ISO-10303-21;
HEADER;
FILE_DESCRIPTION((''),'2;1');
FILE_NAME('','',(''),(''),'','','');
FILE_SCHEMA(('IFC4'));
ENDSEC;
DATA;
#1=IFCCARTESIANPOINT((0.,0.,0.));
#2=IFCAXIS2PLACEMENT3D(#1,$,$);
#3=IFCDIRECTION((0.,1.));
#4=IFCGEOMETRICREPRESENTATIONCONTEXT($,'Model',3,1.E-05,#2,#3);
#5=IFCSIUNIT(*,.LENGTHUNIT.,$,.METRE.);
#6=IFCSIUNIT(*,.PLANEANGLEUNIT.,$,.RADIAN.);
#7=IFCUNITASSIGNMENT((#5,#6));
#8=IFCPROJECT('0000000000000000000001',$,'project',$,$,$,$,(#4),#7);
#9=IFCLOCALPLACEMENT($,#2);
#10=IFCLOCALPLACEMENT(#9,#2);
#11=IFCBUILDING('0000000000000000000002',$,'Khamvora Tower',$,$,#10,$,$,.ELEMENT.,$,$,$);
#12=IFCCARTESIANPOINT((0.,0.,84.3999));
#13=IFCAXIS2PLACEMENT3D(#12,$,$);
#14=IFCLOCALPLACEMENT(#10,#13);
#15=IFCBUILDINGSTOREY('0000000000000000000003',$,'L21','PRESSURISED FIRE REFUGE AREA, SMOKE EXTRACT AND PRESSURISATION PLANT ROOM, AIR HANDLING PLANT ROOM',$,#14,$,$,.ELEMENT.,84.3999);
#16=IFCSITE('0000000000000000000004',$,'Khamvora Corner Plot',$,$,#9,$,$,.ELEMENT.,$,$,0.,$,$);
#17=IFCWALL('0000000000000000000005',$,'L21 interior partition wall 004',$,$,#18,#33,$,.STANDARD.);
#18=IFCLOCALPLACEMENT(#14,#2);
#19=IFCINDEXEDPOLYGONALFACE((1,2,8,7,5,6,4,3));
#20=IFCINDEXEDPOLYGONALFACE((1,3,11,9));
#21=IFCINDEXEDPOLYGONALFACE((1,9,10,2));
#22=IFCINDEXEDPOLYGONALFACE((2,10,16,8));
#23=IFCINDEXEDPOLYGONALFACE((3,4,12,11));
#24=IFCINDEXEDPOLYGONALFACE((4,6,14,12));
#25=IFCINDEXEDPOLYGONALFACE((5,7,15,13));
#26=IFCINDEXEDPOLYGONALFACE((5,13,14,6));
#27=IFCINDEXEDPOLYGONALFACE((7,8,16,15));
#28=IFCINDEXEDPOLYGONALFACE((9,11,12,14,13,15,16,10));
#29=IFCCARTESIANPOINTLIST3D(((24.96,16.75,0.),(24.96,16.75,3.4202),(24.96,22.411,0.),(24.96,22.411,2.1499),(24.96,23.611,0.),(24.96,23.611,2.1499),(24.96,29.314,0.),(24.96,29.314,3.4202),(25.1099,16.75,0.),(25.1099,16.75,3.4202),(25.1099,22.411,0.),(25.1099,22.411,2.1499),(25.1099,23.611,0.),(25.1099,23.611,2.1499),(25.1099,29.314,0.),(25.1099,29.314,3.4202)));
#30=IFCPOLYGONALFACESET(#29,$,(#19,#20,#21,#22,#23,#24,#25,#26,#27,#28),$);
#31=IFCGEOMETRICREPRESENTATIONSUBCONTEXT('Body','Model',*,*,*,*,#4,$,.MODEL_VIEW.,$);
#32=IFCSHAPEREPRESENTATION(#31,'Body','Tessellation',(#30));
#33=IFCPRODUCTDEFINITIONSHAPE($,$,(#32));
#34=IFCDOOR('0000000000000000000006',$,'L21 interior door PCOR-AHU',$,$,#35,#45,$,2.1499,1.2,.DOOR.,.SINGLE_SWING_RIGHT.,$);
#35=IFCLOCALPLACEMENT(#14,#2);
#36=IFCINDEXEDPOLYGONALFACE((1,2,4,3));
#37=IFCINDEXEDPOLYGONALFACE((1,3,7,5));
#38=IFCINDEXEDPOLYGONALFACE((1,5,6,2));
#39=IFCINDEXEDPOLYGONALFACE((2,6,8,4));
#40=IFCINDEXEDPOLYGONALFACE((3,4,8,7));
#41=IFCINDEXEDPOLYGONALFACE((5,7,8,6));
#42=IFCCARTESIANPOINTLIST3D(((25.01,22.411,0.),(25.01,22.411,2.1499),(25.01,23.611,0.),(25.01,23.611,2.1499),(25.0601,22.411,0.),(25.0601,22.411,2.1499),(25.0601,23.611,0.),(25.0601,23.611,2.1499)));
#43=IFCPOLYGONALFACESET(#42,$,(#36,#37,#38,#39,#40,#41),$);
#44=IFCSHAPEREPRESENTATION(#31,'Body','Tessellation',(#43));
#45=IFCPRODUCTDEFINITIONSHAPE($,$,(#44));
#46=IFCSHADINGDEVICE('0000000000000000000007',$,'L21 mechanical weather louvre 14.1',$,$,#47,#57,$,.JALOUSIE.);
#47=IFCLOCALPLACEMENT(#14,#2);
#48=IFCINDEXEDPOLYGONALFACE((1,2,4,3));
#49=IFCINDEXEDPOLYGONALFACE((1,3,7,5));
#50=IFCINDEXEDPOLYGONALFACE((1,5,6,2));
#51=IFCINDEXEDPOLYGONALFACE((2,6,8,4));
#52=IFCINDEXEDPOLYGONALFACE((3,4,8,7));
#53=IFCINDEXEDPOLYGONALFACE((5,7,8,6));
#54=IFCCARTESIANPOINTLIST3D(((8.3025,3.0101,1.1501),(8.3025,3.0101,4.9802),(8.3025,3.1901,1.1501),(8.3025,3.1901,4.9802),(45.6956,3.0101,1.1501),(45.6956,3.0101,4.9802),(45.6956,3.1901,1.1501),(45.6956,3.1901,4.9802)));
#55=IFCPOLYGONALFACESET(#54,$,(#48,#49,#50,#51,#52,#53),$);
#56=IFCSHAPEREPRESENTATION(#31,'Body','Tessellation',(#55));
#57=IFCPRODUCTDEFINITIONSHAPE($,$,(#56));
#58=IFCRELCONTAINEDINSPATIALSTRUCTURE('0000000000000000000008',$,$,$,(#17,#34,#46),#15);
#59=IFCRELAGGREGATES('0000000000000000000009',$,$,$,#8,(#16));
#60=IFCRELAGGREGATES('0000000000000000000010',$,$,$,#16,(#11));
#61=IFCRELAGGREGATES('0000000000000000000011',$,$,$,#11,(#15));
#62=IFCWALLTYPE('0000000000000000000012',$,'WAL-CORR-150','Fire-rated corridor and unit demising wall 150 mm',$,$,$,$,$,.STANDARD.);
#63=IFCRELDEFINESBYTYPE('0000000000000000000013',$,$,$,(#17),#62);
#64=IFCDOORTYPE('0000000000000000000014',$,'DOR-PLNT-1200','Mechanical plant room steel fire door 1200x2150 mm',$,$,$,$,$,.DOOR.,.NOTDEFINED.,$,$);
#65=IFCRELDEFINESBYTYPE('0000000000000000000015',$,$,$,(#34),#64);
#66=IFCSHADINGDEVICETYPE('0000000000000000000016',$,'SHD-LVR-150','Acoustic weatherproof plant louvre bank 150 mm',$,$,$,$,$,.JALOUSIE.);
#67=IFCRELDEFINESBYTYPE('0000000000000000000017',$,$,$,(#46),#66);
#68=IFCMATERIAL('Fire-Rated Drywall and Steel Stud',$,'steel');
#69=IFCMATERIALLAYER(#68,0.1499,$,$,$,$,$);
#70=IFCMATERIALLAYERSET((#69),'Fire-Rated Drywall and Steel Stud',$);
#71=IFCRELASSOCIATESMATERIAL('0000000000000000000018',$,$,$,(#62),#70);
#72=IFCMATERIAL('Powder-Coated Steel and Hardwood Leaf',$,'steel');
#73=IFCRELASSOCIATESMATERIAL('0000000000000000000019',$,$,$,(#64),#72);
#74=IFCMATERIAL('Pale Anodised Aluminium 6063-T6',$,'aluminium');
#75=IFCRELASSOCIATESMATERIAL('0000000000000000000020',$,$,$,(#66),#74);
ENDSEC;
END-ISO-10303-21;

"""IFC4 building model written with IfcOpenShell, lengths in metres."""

from ifc_helpers import new_model, si_unit, direction, frame, frame_2d, origin, origin_2d, place, context, subcontext, project, spatial, rectangle, extrude, material, layer, layer_set, type_object, element, fill, save


model = new_model("IFC4")

# Units and contexts
model_context = context("Model", 3, precision=1e-05, world=origin(), true_north=direction((0.0, 1.0)))
body_context = subcontext(model_context, "Body", "Model", "MODEL_VIEW")
ifc_project = project(units=[si_unit("LENGTHUNIT", "METRE"), si_unit("PLANEANGLEUNIT", "RADIAN")], contexts=[model_context])

# Site, building, storey
site_placement = place(None, origin())
site = spatial("IfcSite", under=ifc_project, at=site_placement, Name="Khamvora Corner Plot", CompositionType="ELEMENT", RefElevation=0.0)
building_placement = place(site_placement, origin())
building = spatial("IfcBuilding", under=site, at=building_placement, Name="Khamvora Tower", CompositionType="ELEMENT")
storey_placement = place(building_placement, frame((0.0, 0.0, 84.3999)))
storey = spatial("IfcBuildingStorey", under=building, at=storey_placement, Name="L21", Description="PRESSURISED FIRE REFUGE AREA, SMOKE EXTRACT AND PRESSURISATION PLANT ROOM, AIR HANDLING PLANT ROOM", CompositionType="ELEMENT", Elevation=84.3999)

# Wall, opening, door
ifc_material_1 = material(Name="Fire-Rated Drywall and Steel Stud", Category="steel")
ifc_layer_1 = layer(ifc_material_1, 0.1499)
ifc_layer_set_1 = layer_set([ifc_layer_1], Name="Fire-Rated Drywall and Steel Stud")
wall_type = type_object("IfcWallType", Name="WAL-CORR-150", Description="Fire-rated corridor and unit demising wall 150 mm", PredefinedType="STANDARD", material=ifc_layer_set_1)
wall_placement = place(storey_placement, frame((25.0349, 16.75, 0.0), z_axis=(0.0, 0.0, 1.0), x_axis=(0.0, 1.0, 0.0)))
wall = element("IfcWall", 1, at=wall_placement, inside=storey, type_object=wall_type, Name="L21 interior partition wall 004", PredefinedType="STANDARD", context=body_context, shape_type="SweptSolid", body=[
    extrude(rectangle(XDim=12.564, YDim=0.1499, at=frame_2d((6.282, 0.0))), origin(), (0.0, 0.0, 1.0), 3.4202),
])
opening_placement = place(wall_placement, frame((5.6609, 0.0, 0.0)))
opening = element("IfcOpeningElement", 2, at=opening_placement, cuts=wall, PredefinedType="OPENING", context=body_context, shape_type="SweptSolid", body=[
    extrude(rectangle(XDim=1.2, YDim=2.1499, at=frame_2d((0.6001, 1.075))), frame((0.0, 0.085, 0.0), z_axis=(0.0, -1.0, 0.0), x_axis=(1.0, 0.0, 0.0)), (0.0, 0.0, 1.0), 0.1699),
])
ifc_material_2 = material(Name="Powder-Coated Steel and Hardwood Leaf", Category="steel")
door_type = type_object("IfcDoorType", Name="DOR-PLNT-1200", Description="Mechanical plant room steel fire door 1200x2150 mm", OperationType="NOTDEFINED", PredefinedType="DOOR", material=ifc_material_2)
door_placement = place(opening_placement, origin())
door = element("IfcDoor", 3, at=door_placement, inside=storey, type_object=door_type, Name="L21 interior door PCOR-AHU", OperationType="SINGLE_SWING_RIGHT", OverallHeight=2.1499, OverallWidth=1.2, PredefinedType="DOOR", context=body_context, shape_type="SweptSolid", body=[
    extrude(rectangle(XDim=1.2, YDim=2.1499, at=frame_2d((0.6001, 1.075))), frame((0.0, 0.0249, 0.0), z_axis=(0.0, -1.0, 0.0), x_axis=(1.0, 0.0, 0.0)), (0.0, 0.0, 1.0), 0.05),
])
fill(opening, door)

# Shading device
ifc_material_3 = material(Name="Pale Anodised Aluminium 6063-T6", Category="aluminium")
shading_device_type = type_object("IfcShadingDeviceType", Name="SHD-LVR-150", Description="Acoustic weatherproof plant louvre bank 150 mm", PredefinedType="JALOUSIE", material=ifc_material_3)
shading_device_placement = place(storey_placement, frame((26.999, 3.1001, 1.1501), z_axis=(0.0, 0.0, 1.0), x_axis=(-1.0, 0.0, 0.0)))
element("IfcShadingDevice", 4, at=shading_device_placement, inside=storey, type_object=shading_device_type, Name="L21 mechanical weather louvre 14.1", PredefinedType="JALOUSIE", context=body_context, shape_type="SweptSolid", body=[
    extrude(rectangle(XDim=37.3931, YDim=0.1799, at=origin_2d()), origin(), (0.0, 0.0, 1.0), 3.8301),
])

save(model, "model.ifc")
